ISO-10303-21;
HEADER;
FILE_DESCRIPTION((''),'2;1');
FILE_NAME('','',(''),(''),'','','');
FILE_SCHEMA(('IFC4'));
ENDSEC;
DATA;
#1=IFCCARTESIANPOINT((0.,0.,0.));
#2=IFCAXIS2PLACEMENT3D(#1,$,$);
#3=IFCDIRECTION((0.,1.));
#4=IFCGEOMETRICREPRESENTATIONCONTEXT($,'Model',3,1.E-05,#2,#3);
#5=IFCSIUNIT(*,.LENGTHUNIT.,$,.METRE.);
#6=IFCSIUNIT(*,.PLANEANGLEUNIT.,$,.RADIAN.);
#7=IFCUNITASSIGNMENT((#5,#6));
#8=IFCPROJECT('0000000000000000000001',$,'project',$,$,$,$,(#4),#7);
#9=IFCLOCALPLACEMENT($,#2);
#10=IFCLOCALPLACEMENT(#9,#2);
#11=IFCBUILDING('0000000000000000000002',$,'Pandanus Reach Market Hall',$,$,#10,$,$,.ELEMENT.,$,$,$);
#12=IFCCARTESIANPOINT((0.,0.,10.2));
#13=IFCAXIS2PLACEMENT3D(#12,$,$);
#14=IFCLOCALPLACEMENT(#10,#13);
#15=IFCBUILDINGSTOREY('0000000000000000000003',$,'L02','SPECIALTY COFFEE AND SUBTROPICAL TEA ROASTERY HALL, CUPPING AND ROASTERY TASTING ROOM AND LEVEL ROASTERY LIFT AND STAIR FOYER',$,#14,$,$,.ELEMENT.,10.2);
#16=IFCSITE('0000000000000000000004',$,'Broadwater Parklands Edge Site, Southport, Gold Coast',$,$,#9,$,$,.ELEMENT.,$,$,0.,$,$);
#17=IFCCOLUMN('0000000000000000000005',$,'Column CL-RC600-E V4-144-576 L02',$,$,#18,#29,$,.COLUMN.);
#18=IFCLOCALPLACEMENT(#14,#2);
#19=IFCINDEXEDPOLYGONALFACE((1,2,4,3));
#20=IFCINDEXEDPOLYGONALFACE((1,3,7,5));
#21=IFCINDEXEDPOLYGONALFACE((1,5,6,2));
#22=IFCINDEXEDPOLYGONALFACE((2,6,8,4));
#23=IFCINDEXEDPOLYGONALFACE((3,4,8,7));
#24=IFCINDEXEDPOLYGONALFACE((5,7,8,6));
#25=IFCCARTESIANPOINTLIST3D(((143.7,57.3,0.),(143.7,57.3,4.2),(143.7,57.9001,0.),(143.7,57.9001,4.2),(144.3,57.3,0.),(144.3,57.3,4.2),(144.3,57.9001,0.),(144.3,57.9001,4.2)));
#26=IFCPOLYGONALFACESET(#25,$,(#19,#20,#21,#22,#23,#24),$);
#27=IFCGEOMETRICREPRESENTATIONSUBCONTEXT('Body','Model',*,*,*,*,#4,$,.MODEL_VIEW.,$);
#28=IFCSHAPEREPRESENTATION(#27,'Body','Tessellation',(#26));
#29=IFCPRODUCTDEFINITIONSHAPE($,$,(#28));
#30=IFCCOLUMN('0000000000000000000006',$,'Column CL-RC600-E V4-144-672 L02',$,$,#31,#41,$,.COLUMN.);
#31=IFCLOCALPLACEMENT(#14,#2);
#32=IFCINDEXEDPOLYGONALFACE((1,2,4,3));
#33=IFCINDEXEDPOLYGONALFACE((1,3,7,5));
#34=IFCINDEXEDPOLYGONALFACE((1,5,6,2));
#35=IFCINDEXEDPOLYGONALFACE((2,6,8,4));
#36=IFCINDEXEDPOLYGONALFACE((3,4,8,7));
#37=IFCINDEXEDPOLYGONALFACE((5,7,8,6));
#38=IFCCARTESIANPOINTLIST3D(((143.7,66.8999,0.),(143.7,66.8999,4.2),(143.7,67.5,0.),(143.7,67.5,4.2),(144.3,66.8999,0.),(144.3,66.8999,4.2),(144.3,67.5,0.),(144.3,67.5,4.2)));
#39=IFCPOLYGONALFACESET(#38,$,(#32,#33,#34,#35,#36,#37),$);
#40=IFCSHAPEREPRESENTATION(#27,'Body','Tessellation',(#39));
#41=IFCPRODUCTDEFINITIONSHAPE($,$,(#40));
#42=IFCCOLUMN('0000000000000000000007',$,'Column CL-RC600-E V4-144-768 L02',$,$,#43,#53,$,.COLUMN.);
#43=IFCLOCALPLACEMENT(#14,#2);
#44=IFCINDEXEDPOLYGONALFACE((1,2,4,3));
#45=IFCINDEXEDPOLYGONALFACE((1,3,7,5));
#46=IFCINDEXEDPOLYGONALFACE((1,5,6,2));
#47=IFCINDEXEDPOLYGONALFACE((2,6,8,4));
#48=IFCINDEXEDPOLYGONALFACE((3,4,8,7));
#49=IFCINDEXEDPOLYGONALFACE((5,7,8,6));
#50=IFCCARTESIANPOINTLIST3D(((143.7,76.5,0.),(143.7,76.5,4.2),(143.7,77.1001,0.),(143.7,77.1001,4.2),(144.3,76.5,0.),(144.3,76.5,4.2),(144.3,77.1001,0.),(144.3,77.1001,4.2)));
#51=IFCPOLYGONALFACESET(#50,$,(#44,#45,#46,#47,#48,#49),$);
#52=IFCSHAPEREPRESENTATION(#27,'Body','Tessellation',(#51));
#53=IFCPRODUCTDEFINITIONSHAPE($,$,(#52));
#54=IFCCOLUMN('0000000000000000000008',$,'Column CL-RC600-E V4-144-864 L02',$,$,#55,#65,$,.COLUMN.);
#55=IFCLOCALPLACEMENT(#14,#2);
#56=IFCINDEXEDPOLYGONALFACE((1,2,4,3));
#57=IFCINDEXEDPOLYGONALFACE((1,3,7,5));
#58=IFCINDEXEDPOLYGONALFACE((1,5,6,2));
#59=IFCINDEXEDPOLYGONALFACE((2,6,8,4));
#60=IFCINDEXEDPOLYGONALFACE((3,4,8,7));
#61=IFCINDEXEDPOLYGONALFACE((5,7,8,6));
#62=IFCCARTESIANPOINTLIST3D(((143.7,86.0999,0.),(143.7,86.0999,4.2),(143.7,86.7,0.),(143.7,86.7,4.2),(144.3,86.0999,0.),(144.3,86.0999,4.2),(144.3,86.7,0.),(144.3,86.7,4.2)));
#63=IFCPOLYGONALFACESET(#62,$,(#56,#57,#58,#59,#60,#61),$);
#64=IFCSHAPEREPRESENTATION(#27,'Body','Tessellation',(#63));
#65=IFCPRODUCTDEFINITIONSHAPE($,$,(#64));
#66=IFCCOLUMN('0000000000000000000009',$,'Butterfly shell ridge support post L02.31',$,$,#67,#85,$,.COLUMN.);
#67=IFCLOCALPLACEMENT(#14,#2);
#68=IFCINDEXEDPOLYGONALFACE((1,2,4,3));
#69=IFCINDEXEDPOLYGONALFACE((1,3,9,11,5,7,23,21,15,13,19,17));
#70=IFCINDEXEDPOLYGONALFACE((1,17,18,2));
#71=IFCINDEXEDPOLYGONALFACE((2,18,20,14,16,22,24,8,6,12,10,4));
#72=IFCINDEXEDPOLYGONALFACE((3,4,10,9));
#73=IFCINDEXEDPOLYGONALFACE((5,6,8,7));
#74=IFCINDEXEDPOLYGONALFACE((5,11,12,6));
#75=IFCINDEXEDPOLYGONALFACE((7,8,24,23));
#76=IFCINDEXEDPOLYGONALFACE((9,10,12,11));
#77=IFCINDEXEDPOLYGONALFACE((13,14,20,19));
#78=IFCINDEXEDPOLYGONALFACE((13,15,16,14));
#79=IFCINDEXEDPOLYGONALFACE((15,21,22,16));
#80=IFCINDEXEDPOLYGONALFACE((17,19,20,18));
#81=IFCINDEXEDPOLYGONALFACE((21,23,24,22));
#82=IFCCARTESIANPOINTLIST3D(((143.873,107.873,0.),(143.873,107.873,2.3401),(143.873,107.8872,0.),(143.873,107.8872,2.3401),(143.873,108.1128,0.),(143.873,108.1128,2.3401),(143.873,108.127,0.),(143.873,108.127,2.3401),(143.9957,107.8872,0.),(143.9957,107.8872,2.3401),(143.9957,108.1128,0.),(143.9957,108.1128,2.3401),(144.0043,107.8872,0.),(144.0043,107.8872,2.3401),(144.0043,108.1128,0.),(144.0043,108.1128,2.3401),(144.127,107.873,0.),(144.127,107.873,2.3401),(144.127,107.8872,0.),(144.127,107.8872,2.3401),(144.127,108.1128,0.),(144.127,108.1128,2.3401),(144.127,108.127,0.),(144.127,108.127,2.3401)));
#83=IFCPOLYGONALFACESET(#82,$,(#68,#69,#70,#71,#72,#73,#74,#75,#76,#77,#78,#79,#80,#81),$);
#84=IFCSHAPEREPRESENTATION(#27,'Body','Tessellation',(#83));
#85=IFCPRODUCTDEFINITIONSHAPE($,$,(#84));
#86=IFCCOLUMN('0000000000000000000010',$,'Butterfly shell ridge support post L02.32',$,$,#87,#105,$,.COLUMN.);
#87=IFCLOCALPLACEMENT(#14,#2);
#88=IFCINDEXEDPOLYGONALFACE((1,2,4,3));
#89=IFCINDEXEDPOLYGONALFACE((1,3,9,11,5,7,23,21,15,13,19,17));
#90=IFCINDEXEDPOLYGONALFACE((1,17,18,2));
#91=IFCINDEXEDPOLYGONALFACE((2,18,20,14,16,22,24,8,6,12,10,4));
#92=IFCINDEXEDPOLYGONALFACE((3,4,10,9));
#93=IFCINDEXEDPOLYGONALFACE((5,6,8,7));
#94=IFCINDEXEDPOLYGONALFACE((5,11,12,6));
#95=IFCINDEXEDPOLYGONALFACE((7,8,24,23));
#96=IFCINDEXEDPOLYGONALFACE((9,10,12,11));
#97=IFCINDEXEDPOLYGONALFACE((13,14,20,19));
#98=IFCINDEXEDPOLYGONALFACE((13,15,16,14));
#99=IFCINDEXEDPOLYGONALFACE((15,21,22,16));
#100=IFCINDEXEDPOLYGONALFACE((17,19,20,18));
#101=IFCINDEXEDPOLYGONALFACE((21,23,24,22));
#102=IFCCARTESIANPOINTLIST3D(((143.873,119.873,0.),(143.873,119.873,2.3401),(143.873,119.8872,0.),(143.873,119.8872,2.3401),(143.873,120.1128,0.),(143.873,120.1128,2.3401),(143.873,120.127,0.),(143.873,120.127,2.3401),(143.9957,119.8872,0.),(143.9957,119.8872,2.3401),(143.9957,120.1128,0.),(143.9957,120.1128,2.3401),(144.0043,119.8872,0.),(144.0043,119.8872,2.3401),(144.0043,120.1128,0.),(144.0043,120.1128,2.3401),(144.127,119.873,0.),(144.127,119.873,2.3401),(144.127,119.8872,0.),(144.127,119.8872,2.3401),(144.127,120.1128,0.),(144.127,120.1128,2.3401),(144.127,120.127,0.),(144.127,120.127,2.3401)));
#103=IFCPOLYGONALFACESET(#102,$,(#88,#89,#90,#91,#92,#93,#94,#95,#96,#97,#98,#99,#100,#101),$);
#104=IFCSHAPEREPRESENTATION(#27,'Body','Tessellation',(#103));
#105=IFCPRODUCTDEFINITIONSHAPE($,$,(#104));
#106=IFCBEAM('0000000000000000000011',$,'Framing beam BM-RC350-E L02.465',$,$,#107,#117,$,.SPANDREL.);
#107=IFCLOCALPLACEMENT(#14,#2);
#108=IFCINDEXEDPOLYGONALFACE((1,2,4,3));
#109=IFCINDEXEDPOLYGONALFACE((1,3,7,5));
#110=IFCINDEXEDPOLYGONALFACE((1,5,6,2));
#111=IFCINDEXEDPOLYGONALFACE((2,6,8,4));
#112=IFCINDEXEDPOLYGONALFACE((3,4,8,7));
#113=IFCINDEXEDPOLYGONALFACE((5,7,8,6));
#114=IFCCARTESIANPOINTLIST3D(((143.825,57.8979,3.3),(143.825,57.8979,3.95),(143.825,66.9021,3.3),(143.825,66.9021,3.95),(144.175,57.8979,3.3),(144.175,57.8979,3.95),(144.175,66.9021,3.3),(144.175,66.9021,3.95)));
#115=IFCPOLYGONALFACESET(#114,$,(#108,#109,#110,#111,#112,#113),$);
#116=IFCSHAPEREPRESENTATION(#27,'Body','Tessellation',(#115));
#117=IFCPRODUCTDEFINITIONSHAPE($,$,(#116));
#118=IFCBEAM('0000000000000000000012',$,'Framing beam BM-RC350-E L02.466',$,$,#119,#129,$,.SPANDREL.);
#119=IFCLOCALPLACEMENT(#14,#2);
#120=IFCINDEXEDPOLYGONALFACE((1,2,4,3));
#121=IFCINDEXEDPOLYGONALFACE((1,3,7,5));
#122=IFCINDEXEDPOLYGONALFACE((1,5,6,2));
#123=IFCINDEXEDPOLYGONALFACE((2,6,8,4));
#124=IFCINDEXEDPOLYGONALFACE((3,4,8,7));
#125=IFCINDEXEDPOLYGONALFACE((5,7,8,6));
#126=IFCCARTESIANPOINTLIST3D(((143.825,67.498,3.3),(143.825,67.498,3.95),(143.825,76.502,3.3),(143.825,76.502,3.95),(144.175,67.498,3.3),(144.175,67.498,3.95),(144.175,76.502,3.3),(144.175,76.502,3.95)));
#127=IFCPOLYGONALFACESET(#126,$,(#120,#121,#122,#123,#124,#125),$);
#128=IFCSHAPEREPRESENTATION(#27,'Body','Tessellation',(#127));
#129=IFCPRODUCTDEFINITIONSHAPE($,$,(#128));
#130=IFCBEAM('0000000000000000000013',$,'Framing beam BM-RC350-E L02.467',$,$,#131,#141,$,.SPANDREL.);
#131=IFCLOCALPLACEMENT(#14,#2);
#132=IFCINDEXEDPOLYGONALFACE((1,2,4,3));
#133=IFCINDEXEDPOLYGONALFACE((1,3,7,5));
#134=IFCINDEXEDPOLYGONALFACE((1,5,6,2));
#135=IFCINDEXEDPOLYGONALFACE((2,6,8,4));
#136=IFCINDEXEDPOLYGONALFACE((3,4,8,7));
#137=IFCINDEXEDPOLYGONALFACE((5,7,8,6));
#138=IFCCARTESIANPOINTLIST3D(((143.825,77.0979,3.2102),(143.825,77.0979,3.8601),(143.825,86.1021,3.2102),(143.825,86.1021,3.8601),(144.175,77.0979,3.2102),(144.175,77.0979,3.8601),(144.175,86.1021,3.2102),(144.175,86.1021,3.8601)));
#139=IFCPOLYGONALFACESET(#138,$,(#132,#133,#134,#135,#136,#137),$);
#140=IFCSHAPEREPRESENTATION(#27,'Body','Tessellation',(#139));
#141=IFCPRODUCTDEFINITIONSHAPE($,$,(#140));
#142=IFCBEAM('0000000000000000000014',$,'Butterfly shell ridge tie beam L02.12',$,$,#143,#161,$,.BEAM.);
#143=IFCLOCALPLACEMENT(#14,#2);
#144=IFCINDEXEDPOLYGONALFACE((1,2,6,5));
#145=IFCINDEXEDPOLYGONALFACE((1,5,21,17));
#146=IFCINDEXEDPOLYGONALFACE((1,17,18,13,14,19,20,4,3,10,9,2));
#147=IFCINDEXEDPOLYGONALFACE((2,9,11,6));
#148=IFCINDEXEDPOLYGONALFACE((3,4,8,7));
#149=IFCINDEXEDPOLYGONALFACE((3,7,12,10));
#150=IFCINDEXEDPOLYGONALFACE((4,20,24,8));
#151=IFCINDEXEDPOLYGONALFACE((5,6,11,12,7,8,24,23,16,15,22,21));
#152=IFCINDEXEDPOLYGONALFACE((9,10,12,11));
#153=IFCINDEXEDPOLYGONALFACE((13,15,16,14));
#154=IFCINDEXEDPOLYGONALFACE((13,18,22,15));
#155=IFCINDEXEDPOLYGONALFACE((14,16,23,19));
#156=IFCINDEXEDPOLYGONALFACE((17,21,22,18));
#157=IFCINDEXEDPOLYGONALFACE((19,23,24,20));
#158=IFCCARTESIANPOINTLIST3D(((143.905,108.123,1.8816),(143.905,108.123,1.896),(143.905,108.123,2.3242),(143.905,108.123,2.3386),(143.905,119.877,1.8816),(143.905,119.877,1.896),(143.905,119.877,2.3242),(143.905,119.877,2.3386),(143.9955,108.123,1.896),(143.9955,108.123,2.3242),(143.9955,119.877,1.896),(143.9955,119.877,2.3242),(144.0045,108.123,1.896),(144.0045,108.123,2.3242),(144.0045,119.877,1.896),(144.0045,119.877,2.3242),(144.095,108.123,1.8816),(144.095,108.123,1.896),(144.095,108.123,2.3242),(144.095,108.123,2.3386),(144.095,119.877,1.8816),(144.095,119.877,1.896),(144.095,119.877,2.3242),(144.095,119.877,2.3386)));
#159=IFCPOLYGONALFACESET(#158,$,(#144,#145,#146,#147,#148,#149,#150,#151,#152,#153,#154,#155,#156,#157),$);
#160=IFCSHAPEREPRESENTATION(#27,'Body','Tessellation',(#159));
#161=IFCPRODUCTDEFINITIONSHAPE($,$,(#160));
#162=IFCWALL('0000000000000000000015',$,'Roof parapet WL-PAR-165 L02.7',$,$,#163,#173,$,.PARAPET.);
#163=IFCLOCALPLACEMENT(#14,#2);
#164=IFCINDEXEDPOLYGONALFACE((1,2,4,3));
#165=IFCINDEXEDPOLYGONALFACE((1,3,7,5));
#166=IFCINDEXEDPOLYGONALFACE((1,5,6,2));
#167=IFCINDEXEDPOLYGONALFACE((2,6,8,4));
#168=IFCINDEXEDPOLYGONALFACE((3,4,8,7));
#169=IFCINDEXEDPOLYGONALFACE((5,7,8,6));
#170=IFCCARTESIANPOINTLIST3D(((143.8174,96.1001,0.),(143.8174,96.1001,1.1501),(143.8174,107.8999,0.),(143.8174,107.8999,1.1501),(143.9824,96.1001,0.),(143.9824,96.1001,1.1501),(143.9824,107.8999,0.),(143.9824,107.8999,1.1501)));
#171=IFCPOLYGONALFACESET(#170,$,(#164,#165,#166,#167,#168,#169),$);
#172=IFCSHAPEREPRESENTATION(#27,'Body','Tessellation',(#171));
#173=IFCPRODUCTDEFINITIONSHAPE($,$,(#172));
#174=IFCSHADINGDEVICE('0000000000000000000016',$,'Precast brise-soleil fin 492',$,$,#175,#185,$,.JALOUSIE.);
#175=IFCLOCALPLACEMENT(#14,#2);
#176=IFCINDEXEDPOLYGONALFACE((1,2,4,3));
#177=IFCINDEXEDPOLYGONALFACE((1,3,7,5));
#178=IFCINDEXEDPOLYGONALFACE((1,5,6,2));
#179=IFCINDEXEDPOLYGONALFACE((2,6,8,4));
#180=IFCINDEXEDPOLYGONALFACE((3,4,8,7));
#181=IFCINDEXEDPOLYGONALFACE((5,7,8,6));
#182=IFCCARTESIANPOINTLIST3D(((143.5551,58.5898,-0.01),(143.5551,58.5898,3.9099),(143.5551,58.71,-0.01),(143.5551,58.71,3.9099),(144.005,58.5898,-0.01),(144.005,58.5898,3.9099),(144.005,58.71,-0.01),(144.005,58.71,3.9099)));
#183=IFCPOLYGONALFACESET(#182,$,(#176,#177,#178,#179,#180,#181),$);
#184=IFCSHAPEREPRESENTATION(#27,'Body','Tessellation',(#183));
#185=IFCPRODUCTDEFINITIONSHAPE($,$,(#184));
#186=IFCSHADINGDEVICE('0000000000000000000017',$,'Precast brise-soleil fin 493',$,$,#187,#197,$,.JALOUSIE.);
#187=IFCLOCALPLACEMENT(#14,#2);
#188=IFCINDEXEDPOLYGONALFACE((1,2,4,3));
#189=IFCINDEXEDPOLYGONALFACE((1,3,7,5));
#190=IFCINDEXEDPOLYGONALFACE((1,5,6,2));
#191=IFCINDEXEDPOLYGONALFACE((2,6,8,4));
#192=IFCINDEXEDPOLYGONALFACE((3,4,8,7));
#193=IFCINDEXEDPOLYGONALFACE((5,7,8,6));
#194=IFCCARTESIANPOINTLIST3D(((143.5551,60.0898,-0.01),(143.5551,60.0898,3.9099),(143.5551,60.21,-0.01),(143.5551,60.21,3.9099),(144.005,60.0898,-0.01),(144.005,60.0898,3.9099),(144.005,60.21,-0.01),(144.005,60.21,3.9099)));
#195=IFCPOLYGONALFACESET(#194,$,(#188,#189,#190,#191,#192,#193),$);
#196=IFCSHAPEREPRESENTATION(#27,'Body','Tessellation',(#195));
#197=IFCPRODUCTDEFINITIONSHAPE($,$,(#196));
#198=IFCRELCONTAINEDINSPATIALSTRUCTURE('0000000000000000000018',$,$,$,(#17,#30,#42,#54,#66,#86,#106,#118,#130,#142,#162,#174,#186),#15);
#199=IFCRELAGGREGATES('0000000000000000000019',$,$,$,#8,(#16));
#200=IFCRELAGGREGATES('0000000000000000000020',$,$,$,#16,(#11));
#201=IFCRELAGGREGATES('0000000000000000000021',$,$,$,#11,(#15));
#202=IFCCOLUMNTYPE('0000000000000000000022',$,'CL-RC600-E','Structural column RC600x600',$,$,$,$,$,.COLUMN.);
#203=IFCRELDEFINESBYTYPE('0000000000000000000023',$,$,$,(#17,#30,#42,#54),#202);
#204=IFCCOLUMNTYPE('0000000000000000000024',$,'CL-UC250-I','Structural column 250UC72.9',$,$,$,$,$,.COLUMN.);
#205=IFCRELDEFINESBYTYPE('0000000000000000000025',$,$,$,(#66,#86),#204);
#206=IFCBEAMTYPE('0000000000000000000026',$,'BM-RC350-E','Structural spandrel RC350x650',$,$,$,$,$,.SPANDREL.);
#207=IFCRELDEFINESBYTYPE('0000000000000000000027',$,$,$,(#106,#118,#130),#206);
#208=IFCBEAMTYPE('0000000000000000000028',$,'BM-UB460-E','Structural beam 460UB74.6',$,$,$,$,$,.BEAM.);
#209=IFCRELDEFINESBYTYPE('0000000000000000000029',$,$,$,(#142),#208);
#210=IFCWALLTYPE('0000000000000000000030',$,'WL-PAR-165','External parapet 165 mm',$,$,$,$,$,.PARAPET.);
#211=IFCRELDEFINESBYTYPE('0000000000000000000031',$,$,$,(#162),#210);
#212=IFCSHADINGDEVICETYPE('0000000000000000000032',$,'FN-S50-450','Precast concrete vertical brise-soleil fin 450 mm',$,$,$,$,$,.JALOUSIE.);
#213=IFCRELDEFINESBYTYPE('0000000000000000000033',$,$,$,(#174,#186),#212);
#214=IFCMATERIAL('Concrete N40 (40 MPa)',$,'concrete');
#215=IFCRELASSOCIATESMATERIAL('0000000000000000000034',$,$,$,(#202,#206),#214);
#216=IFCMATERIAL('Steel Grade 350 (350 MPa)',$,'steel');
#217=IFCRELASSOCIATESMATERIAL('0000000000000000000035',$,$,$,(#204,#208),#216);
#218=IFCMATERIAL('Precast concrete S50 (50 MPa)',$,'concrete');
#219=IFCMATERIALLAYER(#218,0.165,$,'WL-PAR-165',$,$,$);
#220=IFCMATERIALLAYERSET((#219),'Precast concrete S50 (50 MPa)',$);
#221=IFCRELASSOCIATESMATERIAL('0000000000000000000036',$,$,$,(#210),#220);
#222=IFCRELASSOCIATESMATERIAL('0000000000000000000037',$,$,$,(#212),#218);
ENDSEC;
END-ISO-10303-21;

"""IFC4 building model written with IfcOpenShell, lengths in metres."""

from ifc_helpers import new_model, si_unit, direction, frame, frame_2d, origin, origin_2d, place, context, subcontext, project, spatial, rectangle, i_section, extrude, material, layer, layer_set, material_profile, profile_set, type_object, element, save


model = new_model("IFC4")

# Units and contexts
model_context = context("Model", 3, precision=1e-05, world=origin(), true_north=direction((0.0, 1.0)))
body_context = subcontext(model_context, "Body", "Model", "MODEL_VIEW")
ifc_project = project(units=[si_unit("LENGTHUNIT", "METRE"), si_unit("PLANEANGLEUNIT", "RADIAN")], contexts=[model_context])

# Site, building, storey
site_placement = place(None, origin())
site = spatial("IfcSite", under=ifc_project, at=site_placement, Name="Broadwater Parklands Edge Site, Southport, Gold Coast", CompositionType="ELEMENT", RefElevation=0.0)
building_placement = place(site_placement, origin())
building = spatial("IfcBuilding", under=site, at=building_placement, Name="Pandanus Reach Market Hall", CompositionType="ELEMENT")
storey_placement = place(building_placement, frame((0.0, 0.0, 10.2)))
storey = spatial("IfcBuildingStorey", under=building, at=storey_placement, Name="L02", Description="SPECIALTY COFFEE AND SUBTROPICAL TEA ROASTERY HALL, CUPPING AND ROASTERY TASTING ROOM AND LEVEL ROASTERY LIFT AND STAIR FOYER", CompositionType="ELEMENT", Elevation=10.2)

# Columns
ifc_material_1 = material(Name="Concrete N40 (40 MPa)", Category="concrete")
ifc_material_profile_1 = material_profile(ifc_material_1, rectangle(XDim=0.6001, YDim=0.6001, at=origin_2d()), Name="RC600x600", Category="LoadBearing")
ifc_profile_set_1 = profile_set([ifc_material_profile_1], Name="Concrete N40 (40 MPa)")
column_type_1 = type_object("IfcColumnType", Name="CL-RC600-E", Description="Structural column RC600x600", PredefinedType="COLUMN", material=ifc_profile_set_1)
for number, where, z_axis, x_axis, name in (
    (1, (144.0, 57.6001, 0.0), (0.0, 0.0, 1.0), (1.0, 0.0, 0.0), "Column CL-RC600-E V4-144-576 L02"),
    (2, (144.0, 67.2, 0.0), (0.0, 0.0, 1.0), (1.0, 0.0, 0.0), "Column CL-RC600-E V4-144-672 L02"),
    (3, (144.0, 76.8, 0.0), (0.0, 0.0, 1.0), (1.0, 0.0, 0.0), "Column CL-RC600-E V4-144-768 L02"),
    (4, (144.0, 86.3999, 0.0), (0.0, 0.0, 1.0), (1.0, 0.0, 0.0), "Column CL-RC600-E V4-144-864 L02"),
):
    element("IfcColumn", number, at=place(storey_placement, frame(where, z_axis=z_axis, x_axis=x_axis)), inside=storey, type_object=column_type_1, Name=name, PredefinedType="COLUMN", context=body_context, shape_type="SweptSolid", body=[
        extrude(rectangle(XDim=0.6001, YDim=0.6001, at=origin_2d()), origin(), (0.0, 0.0, 1.0), 4.2),
    ])
ifc_material_2 = material(Name="Steel Grade 350 (350 MPa)", Category="steel")
ifc_material_profile_2 = material_profile(ifc_material_2, i_section(OverallWidth=0.2539, OverallDepth=0.2539, WebThickness=0.0085, FlangeThickness=0.0142, at=origin_2d()), Name="250UC72.9", Category="LoadBearing")
ifc_profile_set_2 = profile_set([ifc_material_profile_2], Name="Steel Grade 350 (350 MPa)")
column_type_2 = type_object("IfcColumnType", Name="CL-UC250-I", Description="Structural column 250UC72.9", PredefinedType="COLUMN", material=ifc_profile_set_2)
for number, where, z_axis, x_axis, name in (
    (5, (144.0, 108.0, 0.0), (0.0, 0.0, 1.0), (1.0, 0.0, 0.0), "Butterfly shell ridge support post L02.31"),
    (6, (144.0, 120.0, 0.0), (0.0, 0.0, 1.0), (1.0, 0.0, 0.0), "Butterfly shell ridge support post L02.32"),
):
    element("IfcColumn", number, at=place(storey_placement, frame(where, z_axis=z_axis, x_axis=x_axis)), inside=storey, type_object=column_type_2, Name=name, PredefinedType="COLUMN", context=body_context, shape_type="SweptSolid", body=[
        extrude(i_section(OverallWidth=0.2539, OverallDepth=0.2539, WebThickness=0.0085, FlangeThickness=0.0142, at=origin_2d()), origin(), (0.0, 0.0, 1.0), 2.3401),
    ])

# Beams
ifc_material_profile_3 = material_profile(ifc_material_1, rectangle(XDim=0.3501, YDim=0.6499, at=origin_2d()), Name="RC350x650", Category="LoadBearing")
ifc_profile_set_3 = profile_set([ifc_material_profile_3], Name="Concrete N40 (40 MPa)")
beam_type_1 = type_object("IfcBeamType", Name="BM-RC350-E", Description="Structural spandrel RC350x650", PredefinedType="SPANDREL", material=ifc_profile_set_3)
beam_1_placement = place(storey_placement, frame((144.0, 57.8979, 3.625), z_axis=(0.0, 1.0, 0.0), x_axis=(-1.0, 0.0, 0.0)))
element("IfcBeam", 7, at=beam_1_placement, inside=storey, type_object=beam_type_1, Name="Framing beam BM-RC350-E L02.465", PredefinedType="SPANDREL", context=body_context, shape_type="SweptSolid", body=[
    extrude(rectangle(XDim=0.3501, YDim=0.6499, at=origin_2d()), origin(), (0.0, 0.0, 1.0), 9.0042),
])
beam_2_placement = place(storey_placement, frame((144.0, 67.498, 3.625), z_axis=(0.0, 1.0, 0.0), x_axis=(-1.0, 0.0, 0.0)))
element("IfcBeam", 8, at=beam_2_placement, inside=storey, type_object=beam_type_1, Name="Framing beam BM-RC350-E L02.466", PredefinedType="SPANDREL", context=body_context, shape_type="SweptSolid", body=[
    extrude(rectangle(XDim=0.3501, YDim=0.6499, at=origin_2d()), origin(), (0.0, 0.0, 1.0), 9.0039),
])
beam_3_placement = place(storey_placement, frame((144.0, 77.0979, 3.5352), z_axis=(0.0, 1.0, 0.0), x_axis=(-1.0, 0.0, 0.0)))
element("IfcBeam", 9, at=beam_3_placement, inside=storey, type_object=beam_type_1, Name="Framing beam BM-RC350-E L02.467", PredefinedType="SPANDREL", context=body_context, shape_type="SweptSolid", body=[
    extrude(rectangle(XDim=0.3501, YDim=0.6499, at=origin_2d()), origin(), (0.0, 0.0, 1.0), 9.0042),
])
ifc_material_profile_4 = material_profile(ifc_material_2, i_section(OverallWidth=0.1899, OverallDepth=0.457, WebThickness=0.009, FlangeThickness=0.0144, at=origin_2d()), Name="460UB74.6", Category="LoadBearing")
ifc_profile_set_4 = profile_set([ifc_material_profile_4], Name="Steel Grade 350 (350 MPa)")
beam_type_2 = type_object("IfcBeamType", Name="BM-UB460-E", Description="Structural beam 460UB74.6", PredefinedType="BEAM", material=ifc_profile_set_4)
beam_4_placement = place(storey_placement, frame((144.0, 108.123, 2.1101), z_axis=(0.0, 1.0, 0.0), x_axis=(-1.0, 0.0, 0.0)))
element("IfcBeam", 10, at=beam_4_placement, inside=storey, type_object=beam_type_2, Name="Butterfly shell ridge tie beam L02.12", PredefinedType="BEAM", context=body_context, shape_type="SweptSolid", body=[
    extrude(i_section(OverallWidth=0.1899, OverallDepth=0.457, WebThickness=0.009, FlangeThickness=0.0144, at=origin_2d()), origin(), (0.0, 0.0, 1.0), 11.7539),
])

# Wall
ifc_material_3 = material(Name="Precast concrete S50 (50 MPa)", Category="concrete")
ifc_layer = layer(ifc_material_3, 0.165, Name="WL-PAR-165")
ifc_layer_set = layer_set([ifc_layer], Name="Precast concrete S50 (50 MPa)")
wall_type = type_object("IfcWallType", Name="WL-PAR-165", Description="External parapet 165 mm", PredefinedType="PARAPET", material=ifc_layer_set)
wall_placement = place(storey_placement, frame((143.8999, 96.1001, 0.0), z_axis=(0.0, 0.0, 1.0), x_axis=(0.0, 1.0, 0.0)))
element("IfcWall", 11, at=wall_placement, inside=storey, type_object=wall_type, Name="Roof parapet WL-PAR-165 L02.7", PredefinedType="PARAPET", context=body_context, shape_type="SweptSolid", body=[
    extrude(rectangle(XDim=11.7998, YDim=0.165, at=frame_2d((5.8999, 0.0))), origin(), (0.0, 0.0, 1.0), 1.1501),
])

# Shading devices
shading_device_type = type_object("IfcShadingDeviceType", Name="FN-S50-450", Description="Precast concrete vertical brise-soleil fin 450 mm", PredefinedType="JALOUSIE", material=ifc_material_3)
for number, where, z_axis, x_axis, name in (
    (12, (143.78, 58.6499, -0.01), (0.0, 0.0, 1.0), (-1.0, 0.0, 0.0), "Precast brise-soleil fin 492"),
    (13, (143.78, 60.1499, -0.01), (0.0, 0.0, 1.0), (-1.0, 0.0, 0.0), "Precast brise-soleil fin 493"),
):
    element("IfcShadingDevice", number, at=place(storey_placement, frame(where, z_axis=z_axis, x_axis=x_axis)), inside=storey, type_object=shading_device_type, Name=name, PredefinedType="JALOUSIE", context=body_context, shape_type="SweptSolid", body=[
        extrude(rectangle(XDim=0.45, YDim=0.1201, at=origin_2d()), origin(), (0.0, 0.0, 1.0), 3.9199),
    ])

save(model, "model.ifc")
